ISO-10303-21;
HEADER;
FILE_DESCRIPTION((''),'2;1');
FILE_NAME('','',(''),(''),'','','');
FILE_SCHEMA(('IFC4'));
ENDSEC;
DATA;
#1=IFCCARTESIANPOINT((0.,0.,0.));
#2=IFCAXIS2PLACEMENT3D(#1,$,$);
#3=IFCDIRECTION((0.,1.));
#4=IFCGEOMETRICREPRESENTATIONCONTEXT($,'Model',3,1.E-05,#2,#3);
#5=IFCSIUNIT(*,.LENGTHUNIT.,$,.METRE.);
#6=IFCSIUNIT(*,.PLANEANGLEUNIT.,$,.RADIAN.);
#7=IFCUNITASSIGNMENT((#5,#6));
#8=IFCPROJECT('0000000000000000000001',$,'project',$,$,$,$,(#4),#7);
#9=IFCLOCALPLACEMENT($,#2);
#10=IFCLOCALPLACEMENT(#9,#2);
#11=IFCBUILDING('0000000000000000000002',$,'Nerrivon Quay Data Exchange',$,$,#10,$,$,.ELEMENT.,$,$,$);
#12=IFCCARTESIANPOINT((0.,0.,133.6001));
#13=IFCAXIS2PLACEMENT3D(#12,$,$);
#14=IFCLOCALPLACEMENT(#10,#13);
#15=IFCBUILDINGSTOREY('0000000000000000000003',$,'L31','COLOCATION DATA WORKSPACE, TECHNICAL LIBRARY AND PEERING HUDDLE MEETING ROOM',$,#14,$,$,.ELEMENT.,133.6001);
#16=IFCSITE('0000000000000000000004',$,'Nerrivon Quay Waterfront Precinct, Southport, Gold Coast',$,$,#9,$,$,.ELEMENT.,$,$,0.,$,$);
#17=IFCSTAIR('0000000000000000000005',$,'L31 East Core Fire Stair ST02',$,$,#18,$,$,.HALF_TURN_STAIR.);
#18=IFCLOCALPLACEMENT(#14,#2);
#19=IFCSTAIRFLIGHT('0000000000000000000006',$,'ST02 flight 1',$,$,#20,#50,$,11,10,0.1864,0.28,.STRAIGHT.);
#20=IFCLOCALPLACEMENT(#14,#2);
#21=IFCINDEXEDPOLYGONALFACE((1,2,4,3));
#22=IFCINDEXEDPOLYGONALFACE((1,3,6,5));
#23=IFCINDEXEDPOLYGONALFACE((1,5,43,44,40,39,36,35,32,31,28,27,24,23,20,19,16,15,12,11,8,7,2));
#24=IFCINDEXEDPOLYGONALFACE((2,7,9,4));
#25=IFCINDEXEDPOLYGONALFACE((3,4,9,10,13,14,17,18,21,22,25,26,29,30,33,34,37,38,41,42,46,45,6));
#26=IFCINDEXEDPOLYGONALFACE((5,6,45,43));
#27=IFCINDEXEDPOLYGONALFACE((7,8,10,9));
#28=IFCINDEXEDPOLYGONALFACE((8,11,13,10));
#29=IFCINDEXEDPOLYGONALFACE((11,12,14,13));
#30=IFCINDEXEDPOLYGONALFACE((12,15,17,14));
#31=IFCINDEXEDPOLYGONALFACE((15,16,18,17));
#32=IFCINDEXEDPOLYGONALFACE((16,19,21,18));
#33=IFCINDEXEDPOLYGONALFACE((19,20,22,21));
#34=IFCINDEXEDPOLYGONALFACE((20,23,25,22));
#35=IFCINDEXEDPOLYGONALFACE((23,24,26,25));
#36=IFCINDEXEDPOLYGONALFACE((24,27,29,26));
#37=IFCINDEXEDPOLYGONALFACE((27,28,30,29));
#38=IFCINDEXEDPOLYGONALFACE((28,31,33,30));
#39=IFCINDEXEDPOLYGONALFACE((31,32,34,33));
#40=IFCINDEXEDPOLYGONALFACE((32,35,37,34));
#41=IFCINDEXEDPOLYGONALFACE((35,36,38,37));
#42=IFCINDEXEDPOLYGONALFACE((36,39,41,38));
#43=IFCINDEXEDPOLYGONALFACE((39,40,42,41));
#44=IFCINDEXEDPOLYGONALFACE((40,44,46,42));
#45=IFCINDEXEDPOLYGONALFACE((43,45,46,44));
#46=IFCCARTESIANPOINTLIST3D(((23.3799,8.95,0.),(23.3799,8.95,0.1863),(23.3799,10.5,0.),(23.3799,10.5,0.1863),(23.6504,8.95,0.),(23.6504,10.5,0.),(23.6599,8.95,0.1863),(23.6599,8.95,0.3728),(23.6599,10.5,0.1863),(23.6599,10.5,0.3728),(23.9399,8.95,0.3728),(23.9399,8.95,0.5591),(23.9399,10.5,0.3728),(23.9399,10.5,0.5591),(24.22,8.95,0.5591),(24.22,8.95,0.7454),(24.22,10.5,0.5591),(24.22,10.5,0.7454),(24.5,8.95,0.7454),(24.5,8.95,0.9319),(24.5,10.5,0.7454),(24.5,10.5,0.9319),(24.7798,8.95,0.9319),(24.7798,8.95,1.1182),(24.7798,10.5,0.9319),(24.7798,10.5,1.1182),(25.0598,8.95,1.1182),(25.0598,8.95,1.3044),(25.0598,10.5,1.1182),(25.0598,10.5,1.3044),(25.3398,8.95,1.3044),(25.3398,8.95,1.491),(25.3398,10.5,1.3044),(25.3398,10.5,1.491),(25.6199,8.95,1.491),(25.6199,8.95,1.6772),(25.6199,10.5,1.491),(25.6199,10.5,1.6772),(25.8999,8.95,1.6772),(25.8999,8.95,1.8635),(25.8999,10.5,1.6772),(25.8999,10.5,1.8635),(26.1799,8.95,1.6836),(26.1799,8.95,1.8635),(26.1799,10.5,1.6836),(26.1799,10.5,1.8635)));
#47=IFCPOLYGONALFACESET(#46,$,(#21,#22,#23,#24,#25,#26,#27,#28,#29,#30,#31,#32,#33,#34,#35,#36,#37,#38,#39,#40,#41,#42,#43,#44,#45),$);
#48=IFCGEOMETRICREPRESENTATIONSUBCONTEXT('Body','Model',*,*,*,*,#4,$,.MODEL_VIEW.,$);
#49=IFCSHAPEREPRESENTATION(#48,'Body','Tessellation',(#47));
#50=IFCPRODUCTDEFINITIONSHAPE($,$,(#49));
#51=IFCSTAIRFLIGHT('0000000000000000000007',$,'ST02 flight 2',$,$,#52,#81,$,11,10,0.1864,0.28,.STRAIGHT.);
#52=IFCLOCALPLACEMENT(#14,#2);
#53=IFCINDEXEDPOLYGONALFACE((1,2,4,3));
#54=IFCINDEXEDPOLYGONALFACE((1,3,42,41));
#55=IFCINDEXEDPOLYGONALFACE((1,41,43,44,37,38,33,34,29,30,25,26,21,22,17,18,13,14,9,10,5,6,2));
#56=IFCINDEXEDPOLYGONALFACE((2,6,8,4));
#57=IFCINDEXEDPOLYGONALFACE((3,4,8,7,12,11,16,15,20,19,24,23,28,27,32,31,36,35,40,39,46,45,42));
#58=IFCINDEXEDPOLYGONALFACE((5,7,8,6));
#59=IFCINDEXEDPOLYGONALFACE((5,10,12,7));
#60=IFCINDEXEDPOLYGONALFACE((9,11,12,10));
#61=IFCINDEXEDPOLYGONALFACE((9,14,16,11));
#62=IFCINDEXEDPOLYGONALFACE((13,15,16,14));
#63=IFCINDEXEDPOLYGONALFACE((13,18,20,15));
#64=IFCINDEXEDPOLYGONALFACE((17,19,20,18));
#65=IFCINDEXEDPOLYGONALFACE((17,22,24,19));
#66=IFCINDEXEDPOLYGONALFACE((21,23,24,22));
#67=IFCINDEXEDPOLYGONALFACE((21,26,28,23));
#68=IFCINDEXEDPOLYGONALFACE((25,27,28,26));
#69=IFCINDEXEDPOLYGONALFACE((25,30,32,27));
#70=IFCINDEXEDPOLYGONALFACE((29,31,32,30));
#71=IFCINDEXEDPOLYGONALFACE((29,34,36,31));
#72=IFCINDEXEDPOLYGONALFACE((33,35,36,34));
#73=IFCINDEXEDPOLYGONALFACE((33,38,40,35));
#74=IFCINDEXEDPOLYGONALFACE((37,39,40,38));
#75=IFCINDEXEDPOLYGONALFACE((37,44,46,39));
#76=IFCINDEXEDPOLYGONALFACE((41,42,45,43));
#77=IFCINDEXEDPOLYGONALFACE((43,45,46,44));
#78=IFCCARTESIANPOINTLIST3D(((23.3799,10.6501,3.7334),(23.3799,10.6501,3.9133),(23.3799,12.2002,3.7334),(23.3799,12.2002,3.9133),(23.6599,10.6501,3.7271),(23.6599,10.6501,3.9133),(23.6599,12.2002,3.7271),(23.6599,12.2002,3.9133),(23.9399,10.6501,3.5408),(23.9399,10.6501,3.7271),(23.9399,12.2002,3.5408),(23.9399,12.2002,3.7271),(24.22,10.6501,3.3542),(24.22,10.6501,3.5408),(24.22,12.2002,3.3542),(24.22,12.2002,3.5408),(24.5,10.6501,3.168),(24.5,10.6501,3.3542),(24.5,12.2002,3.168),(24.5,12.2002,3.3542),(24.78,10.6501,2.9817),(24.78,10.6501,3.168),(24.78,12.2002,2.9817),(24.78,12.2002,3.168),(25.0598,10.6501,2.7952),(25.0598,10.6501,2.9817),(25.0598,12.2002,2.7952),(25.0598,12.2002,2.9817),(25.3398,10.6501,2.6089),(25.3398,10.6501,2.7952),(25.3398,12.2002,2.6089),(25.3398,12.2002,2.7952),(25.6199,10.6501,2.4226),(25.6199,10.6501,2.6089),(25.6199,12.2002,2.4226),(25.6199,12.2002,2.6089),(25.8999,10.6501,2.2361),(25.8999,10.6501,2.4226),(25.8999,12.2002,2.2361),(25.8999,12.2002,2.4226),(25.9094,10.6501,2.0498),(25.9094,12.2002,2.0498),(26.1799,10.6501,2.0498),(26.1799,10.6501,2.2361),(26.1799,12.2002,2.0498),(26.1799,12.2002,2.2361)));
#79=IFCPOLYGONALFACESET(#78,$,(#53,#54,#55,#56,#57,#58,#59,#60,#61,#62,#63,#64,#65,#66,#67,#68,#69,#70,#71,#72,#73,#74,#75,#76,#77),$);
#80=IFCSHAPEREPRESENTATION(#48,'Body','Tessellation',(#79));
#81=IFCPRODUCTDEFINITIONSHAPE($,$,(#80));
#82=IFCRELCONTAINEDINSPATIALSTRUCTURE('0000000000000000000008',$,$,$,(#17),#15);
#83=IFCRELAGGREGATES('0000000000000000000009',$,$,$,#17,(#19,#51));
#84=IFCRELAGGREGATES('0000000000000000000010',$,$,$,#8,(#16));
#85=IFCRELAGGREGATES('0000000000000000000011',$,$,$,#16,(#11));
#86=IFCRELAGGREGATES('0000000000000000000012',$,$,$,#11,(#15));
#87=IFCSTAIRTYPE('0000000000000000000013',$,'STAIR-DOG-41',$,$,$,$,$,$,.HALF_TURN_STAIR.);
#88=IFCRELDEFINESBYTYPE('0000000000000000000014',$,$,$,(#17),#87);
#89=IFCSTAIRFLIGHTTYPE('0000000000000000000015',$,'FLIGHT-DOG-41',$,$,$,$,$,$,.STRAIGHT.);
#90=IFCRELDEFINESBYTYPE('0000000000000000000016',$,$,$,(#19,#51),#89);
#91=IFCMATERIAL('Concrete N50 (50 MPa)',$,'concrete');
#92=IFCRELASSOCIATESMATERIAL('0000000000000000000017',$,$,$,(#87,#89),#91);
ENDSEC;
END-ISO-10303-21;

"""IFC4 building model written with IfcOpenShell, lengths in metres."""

from ifc_helpers import new_model, si_unit, direction, frame, origin, place, context, subcontext, project, spatial, polyline, outline, extrude, material, type_object, element, aggregate, save


model = new_model("IFC4")

# Units and contexts
model_context = context("Model", 3, precision=1e-05, world=origin(), true_north=direction((0.0, 1.0)))
body_context = subcontext(model_context, "Body", "Model", "MODEL_VIEW")
ifc_project = project(units=[si_unit("LENGTHUNIT", "METRE"), si_unit("PLANEANGLEUNIT", "RADIAN")], contexts=[model_context])

# Site, building, storey
site_placement = place(None, origin())
site = spatial("IfcSite", under=ifc_project, at=site_placement, Name="Nerrivon Quay Waterfront Precinct, Southport, Gold Coast", CompositionType="ELEMENT", RefElevation=0.0)
building_placement = place(site_placement, origin())
building = spatial("IfcBuilding", under=site, at=building_placement, Name="Nerrivon Quay Data Exchange", CompositionType="ELEMENT")
storey_placement = place(building_placement, frame((0.0, 0.0, 133.6001)))
storey = spatial("IfcBuildingStorey", under=building, at=storey_placement, Name="L31", Description="COLOCATION DATA WORKSPACE, TECHNICAL LIBRARY AND PEERING HUDDLE MEETING ROOM", CompositionType="ELEMENT", Elevation=133.6001)

# Shared definitions
ifc_material_1 = material(Name="Concrete N50 (50 MPa)", Category="concrete")

# Stair, stair flights
stair_type = type_object("IfcStairType", Name="STAIR-DOG-41", PredefinedType="HALF_TURN_STAIR", material=ifc_material_1)
stair_placement = place(storey_placement, origin())
stair = element("IfcStair", 1, at=stair_placement, inside=storey, type_object=stair_type, Name="L31 East Core Fire Stair ST02", PredefinedType="HALF_TURN_STAIR")
stair_flight_type = type_object("IfcStairFlightType", Name="FLIGHT-DOG-41", PredefinedType="STRAIGHT", material=ifc_material_1)
stair_flight_1_placement = place(storey_placement, frame((23.3799, 9.7251, 0.0), z_axis=(0.0, 0.0, 1.0), x_axis=(1.0, 0.0, 0.0)))
stair_flight_1 = element("IfcStairFlight", 2, at=stair_flight_1_placement, type_object=stair_flight_type, Name="ST02 flight 1", NumberOfRisers=11, NumberOfTreads=10, PredefinedType="STRAIGHT", RiserHeight=0.1864, TreadLength=0.28, context=body_context, shape_type="SweptSolid", body=[
    extrude(outline(polyline([(0.0, 0.0), (0.0, 0.1863), (0.28, 0.1863), (0.28, 0.3728), (0.5601, 0.3728), (0.5601, 0.5591), (0.8401, 0.5591), (0.8401, 0.7454), (1.1201, 0.7454), (1.1201, 0.9319), (1.3999, 0.9319), (1.3999, 1.1182), (1.6799, 1.1182), (1.6799, 1.3044), (1.96, 1.3044), (1.96, 1.491), (2.24, 1.491), (2.24, 1.6772), (2.52, 1.6772), (2.52, 1.8635), (2.8, 1.8635), (2.8, 2.05), (2.8, 1.6836), (0.2705, 0.0), (0.0, 0.0)])), frame((0.0, 0.7749, 0.0), z_axis=(0.0, -1.0, 0.0), x_axis=(1.0, 0.0, 0.0)), (0.0, 0.0, 1.0), 1.55),
])
stair_flight_2_placement = place(storey_placement, frame((26.1799, 11.425, 2.0498), z_axis=(0.0, 0.0, 1.0), x_axis=(-1.0, 0.0, 0.0)))
stair_flight_2 = element("IfcStairFlight", 3, at=stair_flight_2_placement, type_object=stair_flight_type, Name="ST02 flight 2", NumberOfRisers=11, NumberOfTreads=10, PredefinedType="STRAIGHT", RiserHeight=0.1864, TreadLength=0.28, context=body_context, shape_type="SweptSolid", body=[
    extrude(outline(polyline([(0.0, 0.0), (0.0, 0.1863), (0.28, 0.1863), (0.28, 0.3728), (0.5601, 0.3728), (0.5601, 0.5591), (0.8401, 0.5591), (0.8401, 0.7454), (1.1201, 0.7454), (1.1201, 0.9319), (1.3999, 0.9319), (1.3999, 1.1182), (1.6799, 1.1182), (1.6799, 1.3044), (1.96, 1.3044), (1.96, 1.491), (2.24, 1.491), (2.24, 1.6772), (2.52, 1.6772), (2.52, 1.8635), (2.8, 1.8635), (2.8, 2.05), (2.8, 1.6836), (0.2705, 0.0), (0.0, 0.0)])), frame((0.0, 0.7749, 0.0), z_axis=(0.0, -1.0, 0.0), x_axis=(1.0, 0.0, 0.0)), (0.0, 0.0, 1.0), 1.55),
])
aggregate(stair, [stair_flight_1, stair_flight_2])

save(model, "model.ifc")
